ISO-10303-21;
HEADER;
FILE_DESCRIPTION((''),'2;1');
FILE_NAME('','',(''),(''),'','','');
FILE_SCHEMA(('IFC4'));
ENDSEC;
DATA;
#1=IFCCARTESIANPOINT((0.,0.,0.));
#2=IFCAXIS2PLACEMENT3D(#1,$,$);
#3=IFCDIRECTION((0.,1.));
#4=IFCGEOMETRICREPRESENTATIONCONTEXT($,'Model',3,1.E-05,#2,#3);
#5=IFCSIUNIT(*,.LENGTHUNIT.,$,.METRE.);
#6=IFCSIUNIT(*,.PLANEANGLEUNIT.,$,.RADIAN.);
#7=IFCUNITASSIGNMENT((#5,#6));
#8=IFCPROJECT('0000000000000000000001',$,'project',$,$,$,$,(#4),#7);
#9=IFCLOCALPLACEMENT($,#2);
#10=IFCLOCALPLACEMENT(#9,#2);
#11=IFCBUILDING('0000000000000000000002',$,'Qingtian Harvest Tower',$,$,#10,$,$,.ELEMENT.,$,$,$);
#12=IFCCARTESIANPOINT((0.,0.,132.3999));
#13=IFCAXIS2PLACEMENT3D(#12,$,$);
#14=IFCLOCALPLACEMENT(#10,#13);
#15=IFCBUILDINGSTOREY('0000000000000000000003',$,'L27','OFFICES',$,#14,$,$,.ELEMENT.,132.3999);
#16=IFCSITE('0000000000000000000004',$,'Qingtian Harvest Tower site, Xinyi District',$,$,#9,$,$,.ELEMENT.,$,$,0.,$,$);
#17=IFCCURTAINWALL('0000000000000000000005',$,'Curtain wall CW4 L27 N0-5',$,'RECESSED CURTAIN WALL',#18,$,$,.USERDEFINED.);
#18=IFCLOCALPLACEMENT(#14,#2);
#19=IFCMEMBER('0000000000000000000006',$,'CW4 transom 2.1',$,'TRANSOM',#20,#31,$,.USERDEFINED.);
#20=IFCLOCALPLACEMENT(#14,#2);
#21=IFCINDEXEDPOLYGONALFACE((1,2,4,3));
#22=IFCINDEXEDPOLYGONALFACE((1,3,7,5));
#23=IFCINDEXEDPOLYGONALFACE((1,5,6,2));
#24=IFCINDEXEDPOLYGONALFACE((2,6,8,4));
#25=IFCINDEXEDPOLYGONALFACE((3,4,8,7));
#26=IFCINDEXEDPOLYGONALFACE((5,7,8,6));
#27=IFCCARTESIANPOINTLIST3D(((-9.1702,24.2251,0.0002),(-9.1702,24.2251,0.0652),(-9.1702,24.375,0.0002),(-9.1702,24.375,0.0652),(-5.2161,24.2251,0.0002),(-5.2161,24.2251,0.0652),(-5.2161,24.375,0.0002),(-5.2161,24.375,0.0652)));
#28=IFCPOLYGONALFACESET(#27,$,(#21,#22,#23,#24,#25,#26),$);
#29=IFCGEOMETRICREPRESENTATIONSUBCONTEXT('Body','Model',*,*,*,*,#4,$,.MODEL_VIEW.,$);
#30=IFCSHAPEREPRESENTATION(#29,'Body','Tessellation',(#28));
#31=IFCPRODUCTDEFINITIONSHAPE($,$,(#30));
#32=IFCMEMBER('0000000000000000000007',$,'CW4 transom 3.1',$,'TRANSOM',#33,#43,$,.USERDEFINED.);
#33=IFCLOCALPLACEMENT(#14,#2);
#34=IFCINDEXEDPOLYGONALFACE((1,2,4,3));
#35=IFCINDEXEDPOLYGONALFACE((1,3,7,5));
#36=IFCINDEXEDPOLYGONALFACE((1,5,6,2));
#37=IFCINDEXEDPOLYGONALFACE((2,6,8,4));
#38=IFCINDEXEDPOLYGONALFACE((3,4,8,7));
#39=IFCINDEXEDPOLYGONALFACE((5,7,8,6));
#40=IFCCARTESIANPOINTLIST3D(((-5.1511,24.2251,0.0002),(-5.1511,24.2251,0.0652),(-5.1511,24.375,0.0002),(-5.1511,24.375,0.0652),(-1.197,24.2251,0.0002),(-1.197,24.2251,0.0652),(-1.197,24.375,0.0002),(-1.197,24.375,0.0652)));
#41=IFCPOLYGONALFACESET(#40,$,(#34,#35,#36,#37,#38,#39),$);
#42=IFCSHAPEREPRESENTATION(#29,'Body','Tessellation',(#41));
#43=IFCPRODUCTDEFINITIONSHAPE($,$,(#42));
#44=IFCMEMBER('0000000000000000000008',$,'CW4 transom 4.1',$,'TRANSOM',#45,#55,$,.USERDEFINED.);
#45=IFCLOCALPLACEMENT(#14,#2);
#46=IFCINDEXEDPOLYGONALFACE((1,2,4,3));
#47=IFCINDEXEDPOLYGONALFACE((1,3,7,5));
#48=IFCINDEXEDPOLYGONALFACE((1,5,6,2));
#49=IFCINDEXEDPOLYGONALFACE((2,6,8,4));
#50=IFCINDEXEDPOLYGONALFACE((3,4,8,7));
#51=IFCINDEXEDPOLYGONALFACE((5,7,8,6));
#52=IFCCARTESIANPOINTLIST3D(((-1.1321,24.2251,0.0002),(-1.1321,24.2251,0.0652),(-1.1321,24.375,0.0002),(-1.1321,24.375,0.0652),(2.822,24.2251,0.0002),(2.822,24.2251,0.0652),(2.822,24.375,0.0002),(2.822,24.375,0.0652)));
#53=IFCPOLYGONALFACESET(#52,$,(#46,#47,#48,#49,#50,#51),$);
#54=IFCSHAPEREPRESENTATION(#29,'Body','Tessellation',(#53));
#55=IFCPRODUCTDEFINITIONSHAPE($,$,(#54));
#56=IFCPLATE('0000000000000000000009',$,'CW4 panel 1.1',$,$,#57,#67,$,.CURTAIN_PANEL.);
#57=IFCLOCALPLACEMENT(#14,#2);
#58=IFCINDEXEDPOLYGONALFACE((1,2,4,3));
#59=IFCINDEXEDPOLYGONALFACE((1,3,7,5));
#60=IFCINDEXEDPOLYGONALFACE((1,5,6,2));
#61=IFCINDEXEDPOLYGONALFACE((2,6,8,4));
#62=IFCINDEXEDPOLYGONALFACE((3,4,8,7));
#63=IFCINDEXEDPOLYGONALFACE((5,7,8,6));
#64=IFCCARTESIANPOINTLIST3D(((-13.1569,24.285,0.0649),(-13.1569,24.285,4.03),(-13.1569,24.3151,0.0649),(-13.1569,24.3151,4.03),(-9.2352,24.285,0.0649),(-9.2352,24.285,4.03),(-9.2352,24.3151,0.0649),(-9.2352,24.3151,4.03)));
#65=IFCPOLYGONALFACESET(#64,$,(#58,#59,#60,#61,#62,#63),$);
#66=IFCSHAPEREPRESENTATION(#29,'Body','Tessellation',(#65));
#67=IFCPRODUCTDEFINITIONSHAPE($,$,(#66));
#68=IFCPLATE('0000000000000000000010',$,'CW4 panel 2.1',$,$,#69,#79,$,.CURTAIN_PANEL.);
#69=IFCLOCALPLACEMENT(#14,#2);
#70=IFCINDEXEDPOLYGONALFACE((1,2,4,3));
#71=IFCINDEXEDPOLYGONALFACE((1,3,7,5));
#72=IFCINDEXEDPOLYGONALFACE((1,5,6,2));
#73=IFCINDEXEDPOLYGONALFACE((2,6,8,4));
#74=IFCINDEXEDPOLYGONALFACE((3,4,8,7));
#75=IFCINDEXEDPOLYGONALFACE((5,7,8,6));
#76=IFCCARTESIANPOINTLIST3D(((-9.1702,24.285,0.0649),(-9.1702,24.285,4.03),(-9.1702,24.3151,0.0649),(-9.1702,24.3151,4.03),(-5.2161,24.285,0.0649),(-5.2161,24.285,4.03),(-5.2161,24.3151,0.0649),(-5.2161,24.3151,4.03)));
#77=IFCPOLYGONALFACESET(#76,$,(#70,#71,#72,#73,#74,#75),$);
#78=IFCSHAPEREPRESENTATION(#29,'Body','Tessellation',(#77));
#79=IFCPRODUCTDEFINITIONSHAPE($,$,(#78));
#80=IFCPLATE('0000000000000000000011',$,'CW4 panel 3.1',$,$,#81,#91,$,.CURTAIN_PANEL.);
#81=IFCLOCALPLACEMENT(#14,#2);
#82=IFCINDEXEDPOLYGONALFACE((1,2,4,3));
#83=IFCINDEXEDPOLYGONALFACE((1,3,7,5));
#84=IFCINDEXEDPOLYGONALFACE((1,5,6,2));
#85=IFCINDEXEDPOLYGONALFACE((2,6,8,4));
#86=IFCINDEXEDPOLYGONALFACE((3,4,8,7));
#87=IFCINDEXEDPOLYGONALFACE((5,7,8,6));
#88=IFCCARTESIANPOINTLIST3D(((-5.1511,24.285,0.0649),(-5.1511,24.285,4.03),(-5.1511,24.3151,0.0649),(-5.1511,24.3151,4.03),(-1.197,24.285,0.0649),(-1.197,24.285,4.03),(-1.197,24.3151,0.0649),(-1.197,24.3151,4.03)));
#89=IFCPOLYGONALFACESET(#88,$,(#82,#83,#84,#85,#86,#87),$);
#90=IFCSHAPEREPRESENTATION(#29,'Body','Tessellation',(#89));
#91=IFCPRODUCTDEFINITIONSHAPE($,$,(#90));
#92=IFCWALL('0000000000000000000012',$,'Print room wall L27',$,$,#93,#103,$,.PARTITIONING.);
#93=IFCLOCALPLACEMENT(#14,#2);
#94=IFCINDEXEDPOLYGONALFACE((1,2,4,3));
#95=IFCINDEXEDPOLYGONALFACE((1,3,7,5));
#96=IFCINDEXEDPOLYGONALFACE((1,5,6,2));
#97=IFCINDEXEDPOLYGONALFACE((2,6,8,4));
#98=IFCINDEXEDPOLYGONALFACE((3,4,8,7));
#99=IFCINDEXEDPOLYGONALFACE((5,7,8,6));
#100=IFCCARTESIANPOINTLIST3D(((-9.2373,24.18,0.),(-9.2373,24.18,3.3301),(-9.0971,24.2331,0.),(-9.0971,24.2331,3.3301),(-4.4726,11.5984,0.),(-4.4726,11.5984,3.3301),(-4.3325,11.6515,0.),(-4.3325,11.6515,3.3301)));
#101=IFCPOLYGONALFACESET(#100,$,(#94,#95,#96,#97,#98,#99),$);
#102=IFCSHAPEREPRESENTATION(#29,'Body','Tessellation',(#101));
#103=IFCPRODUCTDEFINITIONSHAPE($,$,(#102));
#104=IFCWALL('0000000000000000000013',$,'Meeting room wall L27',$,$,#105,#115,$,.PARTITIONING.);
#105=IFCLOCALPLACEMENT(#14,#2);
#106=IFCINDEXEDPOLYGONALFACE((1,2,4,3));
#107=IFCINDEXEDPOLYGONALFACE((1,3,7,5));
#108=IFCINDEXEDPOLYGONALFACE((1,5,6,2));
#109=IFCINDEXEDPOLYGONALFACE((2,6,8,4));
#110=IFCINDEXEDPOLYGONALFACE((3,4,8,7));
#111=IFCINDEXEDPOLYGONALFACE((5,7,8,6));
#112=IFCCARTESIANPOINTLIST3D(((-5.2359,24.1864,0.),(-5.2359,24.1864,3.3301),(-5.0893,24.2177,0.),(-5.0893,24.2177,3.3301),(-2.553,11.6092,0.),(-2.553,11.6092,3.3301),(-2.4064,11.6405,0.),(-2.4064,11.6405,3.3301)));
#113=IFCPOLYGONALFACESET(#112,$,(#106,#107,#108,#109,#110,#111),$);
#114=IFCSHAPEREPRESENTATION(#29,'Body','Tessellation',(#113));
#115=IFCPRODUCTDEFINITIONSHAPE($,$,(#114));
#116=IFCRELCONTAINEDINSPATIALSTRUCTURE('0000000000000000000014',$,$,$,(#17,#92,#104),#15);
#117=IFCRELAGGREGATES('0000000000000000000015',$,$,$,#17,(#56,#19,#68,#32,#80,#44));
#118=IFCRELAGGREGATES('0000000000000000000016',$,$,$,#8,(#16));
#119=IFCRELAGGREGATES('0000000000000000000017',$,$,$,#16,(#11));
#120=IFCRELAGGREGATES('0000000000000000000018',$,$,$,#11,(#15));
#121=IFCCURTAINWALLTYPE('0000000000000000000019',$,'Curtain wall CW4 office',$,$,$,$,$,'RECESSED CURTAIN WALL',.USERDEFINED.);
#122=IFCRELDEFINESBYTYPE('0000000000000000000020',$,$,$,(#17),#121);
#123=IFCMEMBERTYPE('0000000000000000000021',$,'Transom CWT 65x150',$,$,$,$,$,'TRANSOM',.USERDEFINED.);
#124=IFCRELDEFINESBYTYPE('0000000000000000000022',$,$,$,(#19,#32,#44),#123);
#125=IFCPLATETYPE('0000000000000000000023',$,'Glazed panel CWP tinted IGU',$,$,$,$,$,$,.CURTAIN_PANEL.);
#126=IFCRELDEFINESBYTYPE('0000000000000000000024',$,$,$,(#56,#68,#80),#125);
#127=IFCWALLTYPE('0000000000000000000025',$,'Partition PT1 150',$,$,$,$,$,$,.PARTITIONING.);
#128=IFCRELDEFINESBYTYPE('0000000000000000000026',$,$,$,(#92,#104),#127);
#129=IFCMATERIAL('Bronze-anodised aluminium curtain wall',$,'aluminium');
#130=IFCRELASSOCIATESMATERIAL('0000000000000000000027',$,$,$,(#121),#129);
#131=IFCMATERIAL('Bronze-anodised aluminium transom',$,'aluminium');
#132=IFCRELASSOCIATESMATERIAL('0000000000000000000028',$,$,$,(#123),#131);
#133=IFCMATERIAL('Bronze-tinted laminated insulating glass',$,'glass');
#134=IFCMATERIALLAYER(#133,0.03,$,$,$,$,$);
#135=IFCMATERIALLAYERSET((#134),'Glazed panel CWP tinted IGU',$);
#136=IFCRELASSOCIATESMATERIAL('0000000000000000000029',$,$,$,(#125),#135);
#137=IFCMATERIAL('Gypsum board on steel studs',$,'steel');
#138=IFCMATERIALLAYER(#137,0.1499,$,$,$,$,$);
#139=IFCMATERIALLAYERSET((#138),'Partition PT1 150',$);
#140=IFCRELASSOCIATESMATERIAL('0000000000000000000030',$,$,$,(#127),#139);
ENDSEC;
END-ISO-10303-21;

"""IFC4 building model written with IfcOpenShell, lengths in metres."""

from ifc_helpers import new_model, si_unit, direction, frame, frame_2d, origin, origin_2d, place, context, subcontext, project, spatial, rectangle, extrude, material, layer, layer_set, material_profile, profile_set, type_object, element, aggregate, save


model = new_model("IFC4")

# Units and contexts
model_context = context("Model", 3, precision=1e-05, world=origin(), true_north=direction((0.0, 1.0)))
body_context = subcontext(model_context, "Body", "Model", "MODEL_VIEW")
ifc_project = project(units=[si_unit("LENGTHUNIT", "METRE"), si_unit("PLANEANGLEUNIT", "RADIAN")], contexts=[model_context])

# Site, building, storey
site_placement = place(None, origin())
site = spatial("IfcSite", under=ifc_project, at=site_placement, Name="Qingtian Harvest Tower site, Xinyi District", CompositionType="ELEMENT", RefElevation=0.0)
building_placement = place(site_placement, origin())
building = spatial("IfcBuilding", under=site, at=building_placement, Name="Qingtian Harvest Tower", CompositionType="ELEMENT")
storey_placement = place(building_placement, frame((0.0, 0.0, 132.3999)))
storey = spatial("IfcBuildingStorey", under=building, at=storey_placement, Name="L27", Description="OFFICES", CompositionType="ELEMENT", Elevation=132.3999)

# Curtain wall
ifc_material_1 = material(Name="Bronze-anodised aluminium curtain wall", Category="aluminium")
curtain_wall_type = type_object("IfcCurtainWallType", Name="Curtain wall CW4 office", ElementType="RECESSED CURTAIN WALL", PredefinedType="USERDEFINED", material=ifc_material_1)
curtain_wall_placement = place(storey_placement, origin())
curtain_wall = element("IfcCurtainWall", 1, at=curtain_wall_placement, inside=storey, type_object=curtain_wall_type, Name="Curtain wall CW4 L27 N0-5", ObjectType="RECESSED CURTAIN WALL", PredefinedType="USERDEFINED")

# Members
ifc_material_2 = material(Name="Bronze-anodised aluminium transom", Category="aluminium")
ifc_material_profile_1 = material_profile(ifc_material_2, rectangle(XDim=0.1499, YDim=0.0649, at=origin_2d()), Name="AL 65x150")
ifc_profile_set_1 = profile_set([ifc_material_profile_1], Name="Bronze-anodised aluminium transom")
member_type_1 = type_object("IfcMemberType", Name="Transom CWT 65x150", ElementType="TRANSOM", PredefinedType="USERDEFINED", material=ifc_profile_set_1)
member_1_placement = place(storey_placement, frame((-9.1702, 24.3, 0.0327), z_axis=(1.0, 0.0, 0.0), x_axis=(0.0, 1.0, 0.0)))
member_1 = element("IfcMember", 2, at=member_1_placement, type_object=member_type_1, Name="CW4 transom 2.1", ObjectType="TRANSOM", PredefinedType="USERDEFINED", context=body_context, shape_type="SweptSolid", body=[
    extrude(rectangle(XDim=0.1499, YDim=0.0649, at=origin_2d()), origin(), (0.0, 0.0, 1.0), 3.9541),
])
member_2_placement = place(storey_placement, frame((-5.1511, 24.3, 0.0327), z_axis=(1.0, 0.0, 0.0), x_axis=(0.0, 1.0, 0.0)))
member_2 = element("IfcMember", 3, at=member_2_placement, type_object=member_type_1, Name="CW4 transom 3.1", ObjectType="TRANSOM", PredefinedType="USERDEFINED", context=body_context, shape_type="SweptSolid", body=[
    extrude(rectangle(XDim=0.1499, YDim=0.0649, at=origin_2d()), origin(), (0.0, 0.0, 1.0), 3.9541),
])
member_3_placement = place(storey_placement, frame((-1.1321, 24.3, 0.0327), z_axis=(1.0, 0.0, 0.0), x_axis=(0.0, 1.0, 0.0)))
member_3 = element("IfcMember", 4, at=member_3_placement, type_object=member_type_1, Name="CW4 transom 4.1", ObjectType="TRANSOM", PredefinedType="USERDEFINED", context=body_context, shape_type="SweptSolid", body=[
    extrude(rectangle(XDim=0.1499, YDim=0.0649, at=origin_2d()), origin(), (0.0, 0.0, 1.0), 3.9541),
])

# Plates
ifc_material_3 = material(Name="Bronze-tinted laminated insulating glass", Category="glass")
ifc_layer_1 = layer(ifc_material_3, 0.03)
ifc_layer_set_1 = layer_set([ifc_layer_1], Name="Glazed panel CWP tinted IGU")
plate_type = type_object("IfcPlateType", Name="Glazed panel CWP tinted IGU", PredefinedType="CURTAIN_PANEL", material=ifc_layer_set_1)
plate_1_placement = place(storey_placement, frame((-11.196, 24.3, 0.0649), z_axis=(0.0, 0.0, 1.0), x_axis=(1.0, 0.0, 0.0)))
plate_1 = element("IfcPlate", 5, at=plate_1_placement, type_object=plate_type, Name="CW4 panel 1.1", PredefinedType="CURTAIN_PANEL", context=body_context, shape_type="SweptSolid", body=[
    extrude(rectangle(XDim=3.9216, YDim=0.03, at=origin_2d()), origin(), (0.0, 0.0, 1.0), 3.9651),
])
plate_2_placement = place(storey_placement, frame((-7.1931, 24.3, 0.0649), z_axis=(0.0, 0.0, 1.0), x_axis=(1.0, 0.0, 0.0)))
plate_2 = element("IfcPlate", 6, at=plate_2_placement, type_object=plate_type, Name="CW4 panel 2.1", PredefinedType="CURTAIN_PANEL", context=body_context, shape_type="SweptSolid", body=[
    extrude(rectangle(XDim=3.9541, YDim=0.03, at=origin_2d()), origin(), (0.0, 0.0, 1.0), 3.9651),
])
plate_3_placement = place(storey_placement, frame((-3.1741, 24.3, 0.0649), z_axis=(0.0, 0.0, 1.0), x_axis=(1.0, 0.0, 0.0)))
plate_3 = element("IfcPlate", 7, at=plate_3_placement, type_object=plate_type, Name="CW4 panel 3.1", PredefinedType="CURTAIN_PANEL", context=body_context, shape_type="SweptSolid", body=[
    extrude(rectangle(XDim=3.9541, YDim=0.03, at=origin_2d()), origin(), (0.0, 0.0, 1.0), 3.9651),
])
aggregate(curtain_wall, [plate_1, member_1, plate_2, member_2, plate_3, member_3])

# Wall
ifc_material_4 = material(Name="Gypsum board on steel studs", Category="steel")
ifc_layer_2 = layer(ifc_material_4, 0.1499)
ifc_layer_set_2 = layer_set([ifc_layer_2], Name="Partition PT1 150")
wall_type = type_object("IfcWallType", Name="Partition PT1 150", PredefinedType="PARTITIONING", material=ifc_layer_set_2)
wall_1_placement = place(storey_placement, frame((-9.1672, 24.2065, 0.0), z_axis=(0.0, 0.0, 1.0), x_axis=(0.354156, -0.935186, 0.0)))
element("IfcWall", 8, at=wall_1_placement, inside=storey, type_object=wall_type, Name="Print room wall L27", PredefinedType="PARTITIONING", context=body_context, shape_type="SweptSolid", body=[
    extrude(rectangle(XDim=13.4536, YDim=0.1499, at=frame_2d((6.7268, 0.0))), origin(), (0.0, 0.0, 1.0), 3.3301),
])

# Wall
wall_2_placement = place(storey_placement, frame((-5.1626, 24.2021, 0.0), z_axis=(0.0, 0.0, 1.0), x_axis=(0.208619, -0.977997, 0.0)))
element("IfcWall", 9, at=wall_2_placement, inside=storey, type_object=wall_type, Name="Meeting room wall L27", PredefinedType="PARTITIONING", context=body_context, shape_type="SweptSolid", body=[
    extrude(rectangle(XDim=12.8601, YDim=0.1499, at=frame_2d((6.4302, 0.0))), origin(), (0.0, 0.0, 1.0), 3.3301),
])

save(model, "model.ifc")
